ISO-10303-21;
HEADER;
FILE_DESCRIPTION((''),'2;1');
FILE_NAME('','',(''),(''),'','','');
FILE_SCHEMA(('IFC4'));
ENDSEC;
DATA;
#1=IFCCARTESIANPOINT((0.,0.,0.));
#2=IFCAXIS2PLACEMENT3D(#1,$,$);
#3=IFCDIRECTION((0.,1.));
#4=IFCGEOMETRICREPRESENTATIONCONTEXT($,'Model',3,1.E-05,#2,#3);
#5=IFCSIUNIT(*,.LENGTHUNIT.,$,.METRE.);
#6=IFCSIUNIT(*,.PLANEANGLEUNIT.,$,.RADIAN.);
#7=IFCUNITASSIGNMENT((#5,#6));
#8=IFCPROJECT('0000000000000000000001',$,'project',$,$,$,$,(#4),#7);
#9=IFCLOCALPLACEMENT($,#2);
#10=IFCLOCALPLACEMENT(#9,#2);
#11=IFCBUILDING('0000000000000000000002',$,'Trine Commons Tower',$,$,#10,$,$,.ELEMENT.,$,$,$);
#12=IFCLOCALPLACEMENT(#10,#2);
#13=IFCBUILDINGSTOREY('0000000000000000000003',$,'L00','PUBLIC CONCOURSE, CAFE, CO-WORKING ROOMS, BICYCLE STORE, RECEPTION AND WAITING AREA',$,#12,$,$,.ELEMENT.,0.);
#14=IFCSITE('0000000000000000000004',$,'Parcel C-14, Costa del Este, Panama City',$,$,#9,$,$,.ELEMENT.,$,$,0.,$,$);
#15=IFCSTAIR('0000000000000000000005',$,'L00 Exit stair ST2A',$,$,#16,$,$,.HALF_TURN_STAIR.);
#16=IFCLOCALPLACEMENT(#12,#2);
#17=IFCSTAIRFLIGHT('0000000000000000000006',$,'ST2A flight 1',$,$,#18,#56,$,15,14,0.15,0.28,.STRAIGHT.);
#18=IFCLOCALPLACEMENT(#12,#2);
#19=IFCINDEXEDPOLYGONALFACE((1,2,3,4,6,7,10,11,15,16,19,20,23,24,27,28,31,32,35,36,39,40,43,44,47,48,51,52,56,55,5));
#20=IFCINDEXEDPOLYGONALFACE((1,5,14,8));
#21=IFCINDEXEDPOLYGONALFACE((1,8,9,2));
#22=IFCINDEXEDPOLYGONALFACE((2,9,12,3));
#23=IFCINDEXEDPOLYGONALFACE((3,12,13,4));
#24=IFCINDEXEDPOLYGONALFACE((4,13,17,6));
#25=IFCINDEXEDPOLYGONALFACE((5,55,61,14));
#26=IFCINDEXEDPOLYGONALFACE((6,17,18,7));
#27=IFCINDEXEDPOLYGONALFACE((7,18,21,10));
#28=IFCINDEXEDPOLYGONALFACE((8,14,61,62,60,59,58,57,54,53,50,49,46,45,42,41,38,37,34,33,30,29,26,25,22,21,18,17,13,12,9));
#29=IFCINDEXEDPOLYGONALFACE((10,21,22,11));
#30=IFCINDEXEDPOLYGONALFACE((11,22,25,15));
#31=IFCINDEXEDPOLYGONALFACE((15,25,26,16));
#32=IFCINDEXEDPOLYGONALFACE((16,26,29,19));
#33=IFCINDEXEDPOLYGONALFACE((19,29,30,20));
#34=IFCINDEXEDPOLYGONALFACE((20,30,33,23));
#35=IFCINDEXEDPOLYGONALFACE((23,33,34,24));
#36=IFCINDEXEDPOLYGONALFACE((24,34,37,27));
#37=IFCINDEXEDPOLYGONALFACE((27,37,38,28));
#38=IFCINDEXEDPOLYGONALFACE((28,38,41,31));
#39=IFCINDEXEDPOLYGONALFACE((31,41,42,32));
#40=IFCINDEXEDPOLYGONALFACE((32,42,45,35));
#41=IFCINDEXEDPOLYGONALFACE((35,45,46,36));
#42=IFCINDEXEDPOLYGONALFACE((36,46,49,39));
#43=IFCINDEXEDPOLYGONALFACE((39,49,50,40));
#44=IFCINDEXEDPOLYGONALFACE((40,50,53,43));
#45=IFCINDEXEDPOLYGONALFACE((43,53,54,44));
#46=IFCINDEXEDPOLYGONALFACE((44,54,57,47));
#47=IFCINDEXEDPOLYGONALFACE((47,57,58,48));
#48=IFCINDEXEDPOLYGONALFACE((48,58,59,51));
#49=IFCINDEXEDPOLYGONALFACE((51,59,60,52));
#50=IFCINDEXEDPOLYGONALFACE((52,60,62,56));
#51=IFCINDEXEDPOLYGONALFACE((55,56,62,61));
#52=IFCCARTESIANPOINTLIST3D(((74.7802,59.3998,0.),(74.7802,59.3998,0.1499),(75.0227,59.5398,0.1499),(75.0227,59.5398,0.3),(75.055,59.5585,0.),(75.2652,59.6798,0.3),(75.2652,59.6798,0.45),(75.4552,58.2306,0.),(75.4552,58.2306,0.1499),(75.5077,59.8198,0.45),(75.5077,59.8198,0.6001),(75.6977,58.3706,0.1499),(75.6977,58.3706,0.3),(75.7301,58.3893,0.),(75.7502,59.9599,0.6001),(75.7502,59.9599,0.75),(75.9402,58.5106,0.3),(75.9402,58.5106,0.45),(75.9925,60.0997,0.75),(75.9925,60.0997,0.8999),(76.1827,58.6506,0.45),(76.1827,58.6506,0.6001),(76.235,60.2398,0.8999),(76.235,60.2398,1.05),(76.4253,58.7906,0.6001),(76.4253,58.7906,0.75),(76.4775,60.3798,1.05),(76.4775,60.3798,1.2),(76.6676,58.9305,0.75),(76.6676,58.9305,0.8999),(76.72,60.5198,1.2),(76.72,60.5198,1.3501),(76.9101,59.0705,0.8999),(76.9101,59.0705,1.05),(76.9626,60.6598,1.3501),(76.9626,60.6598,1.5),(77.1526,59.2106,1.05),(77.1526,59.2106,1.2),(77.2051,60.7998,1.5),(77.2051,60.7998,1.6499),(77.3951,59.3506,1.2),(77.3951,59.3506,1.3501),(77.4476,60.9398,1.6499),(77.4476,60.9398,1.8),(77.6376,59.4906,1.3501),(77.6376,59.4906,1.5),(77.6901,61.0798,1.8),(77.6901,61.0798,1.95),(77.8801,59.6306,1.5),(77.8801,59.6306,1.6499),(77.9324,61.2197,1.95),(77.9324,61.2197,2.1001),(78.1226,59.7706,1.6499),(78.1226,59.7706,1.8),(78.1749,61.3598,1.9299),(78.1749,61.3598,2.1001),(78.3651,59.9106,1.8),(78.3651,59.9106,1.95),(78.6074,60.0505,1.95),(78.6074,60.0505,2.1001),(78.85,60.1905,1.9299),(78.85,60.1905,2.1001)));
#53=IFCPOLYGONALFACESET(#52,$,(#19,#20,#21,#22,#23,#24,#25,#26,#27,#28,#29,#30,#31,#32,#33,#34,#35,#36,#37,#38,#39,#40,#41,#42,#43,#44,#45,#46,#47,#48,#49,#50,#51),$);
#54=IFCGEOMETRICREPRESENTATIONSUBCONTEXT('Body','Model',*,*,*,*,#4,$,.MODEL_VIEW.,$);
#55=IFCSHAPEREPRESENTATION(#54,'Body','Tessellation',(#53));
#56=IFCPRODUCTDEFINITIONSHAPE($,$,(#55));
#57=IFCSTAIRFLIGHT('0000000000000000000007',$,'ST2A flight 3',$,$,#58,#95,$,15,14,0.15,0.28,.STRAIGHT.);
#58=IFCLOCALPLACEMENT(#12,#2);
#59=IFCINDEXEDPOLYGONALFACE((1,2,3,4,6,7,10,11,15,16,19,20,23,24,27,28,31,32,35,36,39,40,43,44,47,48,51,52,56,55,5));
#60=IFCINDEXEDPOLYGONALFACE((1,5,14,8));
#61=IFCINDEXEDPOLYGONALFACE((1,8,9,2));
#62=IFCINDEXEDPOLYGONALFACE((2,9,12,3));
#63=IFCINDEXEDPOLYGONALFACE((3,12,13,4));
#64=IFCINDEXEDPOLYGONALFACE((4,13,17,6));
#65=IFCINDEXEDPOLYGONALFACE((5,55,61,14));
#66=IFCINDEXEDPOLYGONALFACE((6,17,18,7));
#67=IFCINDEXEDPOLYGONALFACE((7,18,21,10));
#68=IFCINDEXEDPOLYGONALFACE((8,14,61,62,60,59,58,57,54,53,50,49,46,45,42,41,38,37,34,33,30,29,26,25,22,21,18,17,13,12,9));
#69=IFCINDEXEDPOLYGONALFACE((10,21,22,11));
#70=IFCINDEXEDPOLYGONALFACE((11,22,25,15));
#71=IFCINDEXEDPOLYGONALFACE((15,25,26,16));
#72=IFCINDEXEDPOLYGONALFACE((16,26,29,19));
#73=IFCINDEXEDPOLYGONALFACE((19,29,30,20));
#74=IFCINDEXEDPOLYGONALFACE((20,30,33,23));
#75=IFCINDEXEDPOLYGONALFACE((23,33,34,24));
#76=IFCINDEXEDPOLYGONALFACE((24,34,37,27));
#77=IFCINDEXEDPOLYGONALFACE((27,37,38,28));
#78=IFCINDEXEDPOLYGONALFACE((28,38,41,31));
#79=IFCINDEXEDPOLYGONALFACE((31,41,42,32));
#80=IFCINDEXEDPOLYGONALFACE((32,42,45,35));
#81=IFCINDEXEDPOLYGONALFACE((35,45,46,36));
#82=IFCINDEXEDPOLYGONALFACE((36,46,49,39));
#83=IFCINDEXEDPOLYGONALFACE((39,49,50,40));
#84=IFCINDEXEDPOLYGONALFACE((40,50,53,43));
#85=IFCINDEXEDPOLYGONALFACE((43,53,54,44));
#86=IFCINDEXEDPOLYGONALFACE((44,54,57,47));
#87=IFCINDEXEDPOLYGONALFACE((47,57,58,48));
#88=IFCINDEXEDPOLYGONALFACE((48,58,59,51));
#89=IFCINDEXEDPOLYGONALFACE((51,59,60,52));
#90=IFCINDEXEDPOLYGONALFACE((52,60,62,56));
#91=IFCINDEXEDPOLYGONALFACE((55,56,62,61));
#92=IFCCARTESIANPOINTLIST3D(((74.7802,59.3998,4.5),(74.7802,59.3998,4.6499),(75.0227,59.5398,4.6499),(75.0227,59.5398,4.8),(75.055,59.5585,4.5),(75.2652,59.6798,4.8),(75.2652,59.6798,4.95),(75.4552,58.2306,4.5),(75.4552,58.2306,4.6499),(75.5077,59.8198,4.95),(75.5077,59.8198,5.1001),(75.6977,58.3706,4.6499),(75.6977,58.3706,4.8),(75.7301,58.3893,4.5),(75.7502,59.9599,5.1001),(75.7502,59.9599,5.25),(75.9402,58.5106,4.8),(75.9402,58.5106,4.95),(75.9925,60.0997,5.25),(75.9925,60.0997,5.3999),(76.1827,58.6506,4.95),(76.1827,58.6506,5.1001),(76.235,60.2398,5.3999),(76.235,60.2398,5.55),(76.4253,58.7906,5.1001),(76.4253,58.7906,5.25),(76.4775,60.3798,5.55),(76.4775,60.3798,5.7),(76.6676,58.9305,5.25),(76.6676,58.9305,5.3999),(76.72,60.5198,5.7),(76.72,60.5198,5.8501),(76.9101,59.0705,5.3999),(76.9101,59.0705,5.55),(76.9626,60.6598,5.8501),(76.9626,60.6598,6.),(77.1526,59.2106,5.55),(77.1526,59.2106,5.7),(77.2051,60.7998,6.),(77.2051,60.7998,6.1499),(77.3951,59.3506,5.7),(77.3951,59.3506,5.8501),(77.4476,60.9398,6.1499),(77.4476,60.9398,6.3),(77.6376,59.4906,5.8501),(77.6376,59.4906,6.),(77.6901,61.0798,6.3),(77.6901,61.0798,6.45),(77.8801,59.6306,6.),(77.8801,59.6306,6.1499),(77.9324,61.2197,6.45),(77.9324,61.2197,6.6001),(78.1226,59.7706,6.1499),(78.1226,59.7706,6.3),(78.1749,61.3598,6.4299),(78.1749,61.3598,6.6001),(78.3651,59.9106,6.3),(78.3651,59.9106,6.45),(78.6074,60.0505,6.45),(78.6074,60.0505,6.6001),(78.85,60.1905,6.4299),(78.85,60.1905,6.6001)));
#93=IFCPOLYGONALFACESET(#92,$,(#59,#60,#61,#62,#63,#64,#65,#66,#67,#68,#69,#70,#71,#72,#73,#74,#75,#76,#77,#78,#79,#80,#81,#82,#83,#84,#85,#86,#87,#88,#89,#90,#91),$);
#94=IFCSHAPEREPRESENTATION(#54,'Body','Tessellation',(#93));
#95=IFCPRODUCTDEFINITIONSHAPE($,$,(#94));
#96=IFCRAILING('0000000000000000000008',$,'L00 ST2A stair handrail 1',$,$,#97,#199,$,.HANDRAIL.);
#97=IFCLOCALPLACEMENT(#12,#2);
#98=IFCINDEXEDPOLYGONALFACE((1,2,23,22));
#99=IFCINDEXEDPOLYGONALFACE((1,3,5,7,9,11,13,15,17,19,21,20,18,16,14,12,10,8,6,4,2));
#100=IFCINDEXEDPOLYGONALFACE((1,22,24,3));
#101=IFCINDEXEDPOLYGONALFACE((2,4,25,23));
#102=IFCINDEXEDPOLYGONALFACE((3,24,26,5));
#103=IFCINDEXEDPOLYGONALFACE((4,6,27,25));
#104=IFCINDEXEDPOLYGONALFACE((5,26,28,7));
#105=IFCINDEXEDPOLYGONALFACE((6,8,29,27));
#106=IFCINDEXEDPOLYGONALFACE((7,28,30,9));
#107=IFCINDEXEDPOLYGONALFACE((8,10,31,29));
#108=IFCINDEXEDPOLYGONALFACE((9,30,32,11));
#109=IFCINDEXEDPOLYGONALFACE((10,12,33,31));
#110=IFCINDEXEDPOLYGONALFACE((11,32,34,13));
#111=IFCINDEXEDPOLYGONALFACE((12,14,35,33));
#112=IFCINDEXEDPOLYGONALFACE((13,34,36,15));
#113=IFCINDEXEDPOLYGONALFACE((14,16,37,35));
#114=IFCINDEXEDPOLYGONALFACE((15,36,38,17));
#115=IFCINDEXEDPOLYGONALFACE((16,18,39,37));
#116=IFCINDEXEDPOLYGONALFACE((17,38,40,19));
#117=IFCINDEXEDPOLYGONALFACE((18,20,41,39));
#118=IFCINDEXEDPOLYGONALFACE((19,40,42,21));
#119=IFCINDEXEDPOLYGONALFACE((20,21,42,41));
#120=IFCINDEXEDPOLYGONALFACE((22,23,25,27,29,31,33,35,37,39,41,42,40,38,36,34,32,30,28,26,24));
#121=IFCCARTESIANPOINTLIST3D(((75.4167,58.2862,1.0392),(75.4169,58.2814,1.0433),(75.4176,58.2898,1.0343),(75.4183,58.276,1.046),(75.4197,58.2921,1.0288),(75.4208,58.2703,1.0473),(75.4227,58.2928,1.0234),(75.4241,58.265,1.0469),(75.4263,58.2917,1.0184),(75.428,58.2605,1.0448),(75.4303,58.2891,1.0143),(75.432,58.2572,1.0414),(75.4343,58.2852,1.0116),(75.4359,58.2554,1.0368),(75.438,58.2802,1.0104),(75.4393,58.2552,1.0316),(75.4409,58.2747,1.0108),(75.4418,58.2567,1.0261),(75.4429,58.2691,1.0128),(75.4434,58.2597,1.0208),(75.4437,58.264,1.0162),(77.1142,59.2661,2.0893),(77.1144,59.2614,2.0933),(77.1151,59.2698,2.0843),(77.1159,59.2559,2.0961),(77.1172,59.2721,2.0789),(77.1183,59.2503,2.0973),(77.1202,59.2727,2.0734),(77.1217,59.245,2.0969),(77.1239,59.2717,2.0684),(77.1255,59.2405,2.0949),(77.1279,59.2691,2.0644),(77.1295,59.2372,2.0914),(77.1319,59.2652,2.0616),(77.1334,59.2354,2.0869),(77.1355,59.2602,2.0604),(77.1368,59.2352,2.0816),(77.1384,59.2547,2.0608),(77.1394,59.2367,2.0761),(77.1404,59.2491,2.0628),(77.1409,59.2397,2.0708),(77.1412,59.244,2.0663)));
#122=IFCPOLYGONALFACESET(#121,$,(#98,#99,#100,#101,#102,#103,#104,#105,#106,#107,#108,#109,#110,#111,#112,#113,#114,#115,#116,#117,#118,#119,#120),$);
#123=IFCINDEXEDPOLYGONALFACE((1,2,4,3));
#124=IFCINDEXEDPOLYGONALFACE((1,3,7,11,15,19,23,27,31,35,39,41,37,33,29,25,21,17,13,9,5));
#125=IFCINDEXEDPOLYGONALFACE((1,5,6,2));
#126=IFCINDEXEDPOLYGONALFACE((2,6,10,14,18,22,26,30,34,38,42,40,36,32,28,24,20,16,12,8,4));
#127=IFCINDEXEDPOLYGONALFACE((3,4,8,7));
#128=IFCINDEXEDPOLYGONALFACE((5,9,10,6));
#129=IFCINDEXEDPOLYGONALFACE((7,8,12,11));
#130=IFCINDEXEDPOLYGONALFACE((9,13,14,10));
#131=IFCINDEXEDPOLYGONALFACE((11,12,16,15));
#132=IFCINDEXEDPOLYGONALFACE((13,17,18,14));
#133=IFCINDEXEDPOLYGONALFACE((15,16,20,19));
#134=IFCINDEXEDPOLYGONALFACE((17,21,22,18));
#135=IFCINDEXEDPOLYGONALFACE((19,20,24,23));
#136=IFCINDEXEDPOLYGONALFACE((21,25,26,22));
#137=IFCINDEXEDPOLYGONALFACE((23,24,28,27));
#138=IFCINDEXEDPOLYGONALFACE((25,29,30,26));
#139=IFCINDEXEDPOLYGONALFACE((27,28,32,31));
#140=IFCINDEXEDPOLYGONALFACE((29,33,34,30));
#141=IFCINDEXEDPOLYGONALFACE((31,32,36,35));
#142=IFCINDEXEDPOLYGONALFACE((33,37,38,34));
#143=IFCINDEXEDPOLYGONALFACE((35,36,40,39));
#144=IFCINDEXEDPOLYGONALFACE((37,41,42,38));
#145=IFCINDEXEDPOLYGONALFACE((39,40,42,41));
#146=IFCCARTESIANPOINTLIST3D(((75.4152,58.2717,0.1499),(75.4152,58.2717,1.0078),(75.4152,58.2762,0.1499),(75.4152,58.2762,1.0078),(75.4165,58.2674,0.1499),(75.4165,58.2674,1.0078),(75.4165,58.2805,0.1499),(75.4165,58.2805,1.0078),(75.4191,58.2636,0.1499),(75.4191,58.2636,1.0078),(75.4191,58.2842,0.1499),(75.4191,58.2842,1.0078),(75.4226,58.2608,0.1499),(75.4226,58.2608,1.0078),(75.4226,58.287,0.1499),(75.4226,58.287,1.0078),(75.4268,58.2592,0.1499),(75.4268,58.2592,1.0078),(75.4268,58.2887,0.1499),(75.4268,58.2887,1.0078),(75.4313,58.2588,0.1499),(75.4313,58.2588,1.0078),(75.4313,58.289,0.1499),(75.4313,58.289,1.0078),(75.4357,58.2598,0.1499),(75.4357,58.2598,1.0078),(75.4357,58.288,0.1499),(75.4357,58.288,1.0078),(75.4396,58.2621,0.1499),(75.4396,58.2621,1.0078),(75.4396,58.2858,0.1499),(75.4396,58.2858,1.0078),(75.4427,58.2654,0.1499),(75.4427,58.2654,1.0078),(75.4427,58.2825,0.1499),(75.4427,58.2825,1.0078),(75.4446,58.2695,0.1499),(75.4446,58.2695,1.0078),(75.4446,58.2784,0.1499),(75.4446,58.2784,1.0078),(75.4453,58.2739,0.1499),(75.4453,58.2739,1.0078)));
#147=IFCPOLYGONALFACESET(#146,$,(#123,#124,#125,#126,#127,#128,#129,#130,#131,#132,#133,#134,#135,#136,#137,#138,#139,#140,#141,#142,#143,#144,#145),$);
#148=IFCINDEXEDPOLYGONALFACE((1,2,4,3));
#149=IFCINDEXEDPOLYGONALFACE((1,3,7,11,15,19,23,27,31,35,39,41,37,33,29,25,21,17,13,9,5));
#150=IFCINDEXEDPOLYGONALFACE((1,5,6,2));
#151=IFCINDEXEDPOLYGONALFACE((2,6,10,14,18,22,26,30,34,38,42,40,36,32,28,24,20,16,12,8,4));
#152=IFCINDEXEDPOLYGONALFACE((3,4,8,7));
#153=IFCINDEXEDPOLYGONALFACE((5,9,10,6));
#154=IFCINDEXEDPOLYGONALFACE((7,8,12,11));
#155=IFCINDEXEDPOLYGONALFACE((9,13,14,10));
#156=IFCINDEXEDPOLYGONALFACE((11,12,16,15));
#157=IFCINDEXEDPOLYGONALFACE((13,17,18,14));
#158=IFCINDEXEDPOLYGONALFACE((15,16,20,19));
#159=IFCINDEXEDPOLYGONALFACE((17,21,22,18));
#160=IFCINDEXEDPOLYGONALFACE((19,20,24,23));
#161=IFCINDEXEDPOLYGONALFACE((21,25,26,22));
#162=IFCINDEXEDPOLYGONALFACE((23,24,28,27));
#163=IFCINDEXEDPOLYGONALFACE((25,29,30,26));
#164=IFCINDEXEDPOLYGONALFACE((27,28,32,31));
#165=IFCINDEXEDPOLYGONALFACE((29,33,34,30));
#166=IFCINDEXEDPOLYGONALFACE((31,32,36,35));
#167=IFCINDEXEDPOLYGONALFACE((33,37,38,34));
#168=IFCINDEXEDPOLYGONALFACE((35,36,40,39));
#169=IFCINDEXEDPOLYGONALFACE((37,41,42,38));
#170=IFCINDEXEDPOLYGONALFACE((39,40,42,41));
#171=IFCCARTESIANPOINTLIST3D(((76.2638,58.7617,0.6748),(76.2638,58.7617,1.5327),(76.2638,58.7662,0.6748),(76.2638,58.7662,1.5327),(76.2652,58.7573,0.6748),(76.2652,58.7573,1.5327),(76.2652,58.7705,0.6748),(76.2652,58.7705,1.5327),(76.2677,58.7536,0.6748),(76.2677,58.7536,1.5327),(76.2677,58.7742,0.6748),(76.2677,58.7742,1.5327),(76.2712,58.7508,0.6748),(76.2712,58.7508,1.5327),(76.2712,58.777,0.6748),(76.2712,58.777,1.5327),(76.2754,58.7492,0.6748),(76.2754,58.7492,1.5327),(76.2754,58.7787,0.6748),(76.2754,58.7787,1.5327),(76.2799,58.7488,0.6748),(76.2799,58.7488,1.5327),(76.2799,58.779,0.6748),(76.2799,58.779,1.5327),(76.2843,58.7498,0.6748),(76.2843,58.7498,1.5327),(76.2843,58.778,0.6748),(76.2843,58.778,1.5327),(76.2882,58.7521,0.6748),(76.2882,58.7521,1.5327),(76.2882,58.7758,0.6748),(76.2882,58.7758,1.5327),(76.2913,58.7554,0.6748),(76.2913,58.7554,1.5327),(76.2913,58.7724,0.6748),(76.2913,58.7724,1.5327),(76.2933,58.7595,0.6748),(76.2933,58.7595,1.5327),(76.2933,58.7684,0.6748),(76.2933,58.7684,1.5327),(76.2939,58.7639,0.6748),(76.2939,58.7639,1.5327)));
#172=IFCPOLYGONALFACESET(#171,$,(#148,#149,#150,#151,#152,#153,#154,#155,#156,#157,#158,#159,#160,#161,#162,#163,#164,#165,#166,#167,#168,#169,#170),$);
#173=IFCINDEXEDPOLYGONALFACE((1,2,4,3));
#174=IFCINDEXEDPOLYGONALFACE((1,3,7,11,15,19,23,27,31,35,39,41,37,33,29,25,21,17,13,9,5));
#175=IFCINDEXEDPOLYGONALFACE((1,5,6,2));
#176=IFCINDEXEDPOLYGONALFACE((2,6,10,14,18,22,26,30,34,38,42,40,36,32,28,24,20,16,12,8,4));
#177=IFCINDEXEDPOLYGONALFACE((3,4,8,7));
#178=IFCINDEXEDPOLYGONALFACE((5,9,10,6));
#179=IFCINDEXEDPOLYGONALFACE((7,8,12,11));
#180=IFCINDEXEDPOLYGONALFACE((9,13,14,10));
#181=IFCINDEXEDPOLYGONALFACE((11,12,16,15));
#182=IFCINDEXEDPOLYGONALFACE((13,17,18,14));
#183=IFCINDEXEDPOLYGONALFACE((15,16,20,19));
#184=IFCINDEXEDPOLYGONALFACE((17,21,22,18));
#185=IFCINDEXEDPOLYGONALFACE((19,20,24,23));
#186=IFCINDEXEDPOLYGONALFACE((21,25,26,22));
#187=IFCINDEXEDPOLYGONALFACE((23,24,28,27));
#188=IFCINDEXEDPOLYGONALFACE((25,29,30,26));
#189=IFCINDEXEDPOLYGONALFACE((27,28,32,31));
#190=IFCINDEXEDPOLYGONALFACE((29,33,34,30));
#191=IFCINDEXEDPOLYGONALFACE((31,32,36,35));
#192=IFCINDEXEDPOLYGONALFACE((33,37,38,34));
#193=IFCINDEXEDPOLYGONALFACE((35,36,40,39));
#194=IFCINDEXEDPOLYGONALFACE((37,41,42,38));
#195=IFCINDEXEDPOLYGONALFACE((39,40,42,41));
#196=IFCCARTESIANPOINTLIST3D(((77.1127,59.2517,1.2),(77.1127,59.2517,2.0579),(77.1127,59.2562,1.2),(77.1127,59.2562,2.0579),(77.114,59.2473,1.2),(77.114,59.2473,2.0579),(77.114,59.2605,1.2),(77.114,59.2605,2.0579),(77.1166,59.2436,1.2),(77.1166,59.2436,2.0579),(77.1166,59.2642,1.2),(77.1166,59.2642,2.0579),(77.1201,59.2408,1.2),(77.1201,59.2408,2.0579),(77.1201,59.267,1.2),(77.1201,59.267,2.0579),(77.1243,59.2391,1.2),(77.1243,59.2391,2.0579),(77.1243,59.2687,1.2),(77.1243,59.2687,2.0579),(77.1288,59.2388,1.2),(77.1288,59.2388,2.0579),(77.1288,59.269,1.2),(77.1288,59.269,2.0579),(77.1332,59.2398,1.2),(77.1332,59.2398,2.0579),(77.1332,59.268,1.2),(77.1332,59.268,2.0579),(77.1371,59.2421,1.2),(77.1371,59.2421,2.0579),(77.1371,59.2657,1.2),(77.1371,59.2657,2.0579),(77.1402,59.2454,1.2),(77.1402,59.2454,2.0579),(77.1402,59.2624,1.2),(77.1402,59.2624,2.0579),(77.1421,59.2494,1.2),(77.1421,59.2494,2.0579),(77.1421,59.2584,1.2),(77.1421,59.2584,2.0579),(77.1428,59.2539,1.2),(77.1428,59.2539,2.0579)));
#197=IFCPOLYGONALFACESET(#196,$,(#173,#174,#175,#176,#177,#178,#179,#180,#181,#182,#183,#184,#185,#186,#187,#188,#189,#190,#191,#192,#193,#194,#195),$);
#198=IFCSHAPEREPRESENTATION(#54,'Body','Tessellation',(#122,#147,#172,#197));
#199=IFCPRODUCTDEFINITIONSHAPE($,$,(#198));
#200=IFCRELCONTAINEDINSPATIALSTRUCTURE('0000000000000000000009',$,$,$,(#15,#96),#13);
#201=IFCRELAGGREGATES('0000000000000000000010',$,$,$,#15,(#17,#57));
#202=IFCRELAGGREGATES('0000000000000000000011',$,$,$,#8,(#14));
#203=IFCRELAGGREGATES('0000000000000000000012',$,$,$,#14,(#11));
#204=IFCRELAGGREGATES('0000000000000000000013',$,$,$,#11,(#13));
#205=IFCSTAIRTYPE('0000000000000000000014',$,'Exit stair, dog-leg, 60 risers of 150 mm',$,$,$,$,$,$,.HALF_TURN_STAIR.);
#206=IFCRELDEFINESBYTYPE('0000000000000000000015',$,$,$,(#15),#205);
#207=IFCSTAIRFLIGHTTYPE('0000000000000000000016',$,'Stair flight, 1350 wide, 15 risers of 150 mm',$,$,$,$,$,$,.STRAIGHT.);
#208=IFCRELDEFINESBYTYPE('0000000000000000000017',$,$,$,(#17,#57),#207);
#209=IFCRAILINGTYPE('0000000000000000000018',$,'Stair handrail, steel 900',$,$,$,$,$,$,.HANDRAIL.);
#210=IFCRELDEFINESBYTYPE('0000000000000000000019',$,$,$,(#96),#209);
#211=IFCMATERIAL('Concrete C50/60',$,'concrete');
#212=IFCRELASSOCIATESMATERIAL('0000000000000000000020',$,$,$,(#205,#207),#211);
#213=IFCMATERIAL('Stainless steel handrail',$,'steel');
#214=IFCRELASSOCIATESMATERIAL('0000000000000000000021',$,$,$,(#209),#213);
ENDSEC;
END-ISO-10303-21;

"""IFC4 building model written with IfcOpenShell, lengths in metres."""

from ifc_helpers import new_model, si_unit, direction, frame, origin, origin_2d, place, context, subcontext, project, spatial, polyline, circle, outline, extrude, material, type_object, element, aggregate, save


model = new_model("IFC4")

# Units and contexts
model_context = context("Model", 3, precision=1e-05, world=origin(), true_north=direction((0.0, 1.0)))
body_context = subcontext(model_context, "Body", "Model", "MODEL_VIEW")
ifc_project = project(units=[si_unit("LENGTHUNIT", "METRE"), si_unit("PLANEANGLEUNIT", "RADIAN")], contexts=[model_context])

# Site, building, storey
site_placement = place(None, origin())
site = spatial("IfcSite", under=ifc_project, at=site_placement, Name="Parcel C-14, Costa del Este, Panama City", CompositionType="ELEMENT", RefElevation=0.0)
building_placement = place(site_placement, origin())
building = spatial("IfcBuilding", under=site, at=building_placement, Name="Trine Commons Tower", CompositionType="ELEMENT")
storey_placement = place(building_placement, origin())
storey = spatial("IfcBuildingStorey", under=building, at=storey_placement, Name="L00", Description="PUBLIC CONCOURSE, CAFE, CO-WORKING ROOMS, BICYCLE STORE, RECEPTION AND WAITING AREA", CompositionType="ELEMENT", Elevation=0.0)

# Stair, stair flights
ifc_material_1 = material(Name="Concrete C50/60", Category="concrete")
stair_type = type_object("IfcStairType", Name="Exit stair, dog-leg, 60 risers of 150 mm", PredefinedType="HALF_TURN_STAIR", material=ifc_material_1)
stair_placement = place(storey_placement, origin())
stair = element("IfcStair", 1, at=stair_placement, inside=storey, type_object=stair_type, Name="L00 Exit stair ST2A", PredefinedType="HALF_TURN_STAIR")
stair_flight_type = type_object("IfcStairFlightType", Name="Stair flight, 1350 wide, 15 risers of 150 mm", PredefinedType="STRAIGHT", material=ifc_material_1)
stair_flight_1_placement = place(storey_placement, frame((75.1177, 58.8152, 0.0), z_axis=(0.0, 0.0, 1.0), x_axis=(0.866025, 0.5, 0.0)))
stair_flight_1 = element("IfcStairFlight", 2, at=stair_flight_1_placement, type_object=stair_flight_type, Name="ST2A flight 1", NumberOfRisers=15, NumberOfTreads=14, PredefinedType="STRAIGHT", RiserHeight=0.15, TreadLength=0.28, context=body_context, shape_type="SweptSolid", body=[
    extrude(outline(polyline([(0.0, 0.0), (0.0, 0.1499), (0.28, 0.1499), (0.28, 0.3), (0.5601, 0.3), (0.5601, 0.45), (0.8401, 0.45), (0.8401, 0.6001), (1.1201, 0.6001), (1.1201, 0.75), (1.3999, 0.75), (1.3999, 0.8999), (1.6799, 0.8999), (1.6799, 1.05), (1.96, 1.05), (1.96, 1.2), (2.24, 1.2), (2.24, 1.3501), (2.52, 1.3501), (2.52, 1.5), (2.8, 1.5), (2.8, 1.6499), (3.0801, 1.6499), (3.0801, 1.8), (3.3601, 1.8), (3.3601, 1.95), (3.6399, 1.95), (3.6399, 2.1001), (3.9199, 2.1001), (3.9199, 2.25), (3.9199, 1.9299), (0.3174, 0.0), (0.0, 0.0)])), frame((0.0, 0.675, 0.0), z_axis=(0.0, -1.0, 0.0), x_axis=(1.0, 0.0, 0.0)), (0.0, 0.0, 1.0), 1.3501),
])
stair_flight_2_placement = place(storey_placement, frame((75.1177, 58.8152, 4.5), z_axis=(0.0, 0.0, 1.0), x_axis=(0.866025, 0.5, 0.0)))
stair_flight_2 = element("IfcStairFlight", 3, at=stair_flight_2_placement, type_object=stair_flight_type, Name="ST2A flight 3", NumberOfRisers=15, NumberOfTreads=14, PredefinedType="STRAIGHT", RiserHeight=0.15, TreadLength=0.28, context=body_context, shape_type="SweptSolid", body=[
    extrude(outline(polyline([(0.0, 0.0), (0.0, 0.1499), (0.28, 0.1499), (0.28, 0.3), (0.5601, 0.3), (0.5601, 0.45), (0.8401, 0.45), (0.8401, 0.6001), (1.1201, 0.6001), (1.1201, 0.75), (1.3999, 0.75), (1.3999, 0.8999), (1.6799, 0.8999), (1.6799, 1.05), (1.96, 1.05), (1.96, 1.2), (2.24, 1.2), (2.24, 1.3501), (2.52, 1.3501), (2.52, 1.5), (2.8, 1.5), (2.8, 1.6499), (3.0801, 1.6499), (3.0801, 1.8), (3.3601, 1.8), (3.3601, 1.95), (3.6399, 1.95), (3.6399, 2.1001), (3.9199, 2.1001), (3.9199, 2.25), (3.9199, 1.9299), (0.3174, 0.0), (0.0, 0.0)])), frame((0.0, 0.675, 0.0), z_axis=(0.0, -1.0, 0.0), x_axis=(1.0, 0.0, 0.0)), (0.0, 0.0, 1.0), 1.3501),
])
aggregate(stair, [stair_flight_1, stair_flight_2])

# Railing
ifc_material_2 = material(Name="Stainless steel handrail", Category="steel")
railing_type = type_object("IfcRailingType", Name="Stair handrail, steel 900", PredefinedType="HANDRAIL", material=ifc_material_2)
railing_1_placement = place(storey_placement, frame((75.4302, 58.2739, 0.1499)))
element("IfcRailing", 4, at=railing_1_placement, inside=storey, type_object=railing_type, Name="L00 ST2A stair handrail 1", PredefinedType="HANDRAIL", context=body_context, shape_type="SweptSolid", body=[
    extrude(circle(Radius=0.021, at=origin_2d()), frame((0.0, 0.0, 0.8789), z_axis=(0.763398, 0.440713, 0.472224), x_axis=(-0.49997, 0.866042, 0.0)), (0.0, 0.0, 1.0), 2.2236),
    extrude(circle(Radius=0.0151, at=origin_2d()), origin(), (0.0, 0.0, 1.0), 0.8579),
    extrude(circle(Radius=0.0151, at=origin_2d()), frame((0.8486, 0.49, 0.5249)), (0.0, 0.0, 1.0), 0.8579),
    extrude(circle(Radius=0.0151, at=origin_2d()), frame((1.6975, 0.98, 1.05)), (0.0, 0.0, 1.0), 0.8579),
])

save(model, "model.ifc")
